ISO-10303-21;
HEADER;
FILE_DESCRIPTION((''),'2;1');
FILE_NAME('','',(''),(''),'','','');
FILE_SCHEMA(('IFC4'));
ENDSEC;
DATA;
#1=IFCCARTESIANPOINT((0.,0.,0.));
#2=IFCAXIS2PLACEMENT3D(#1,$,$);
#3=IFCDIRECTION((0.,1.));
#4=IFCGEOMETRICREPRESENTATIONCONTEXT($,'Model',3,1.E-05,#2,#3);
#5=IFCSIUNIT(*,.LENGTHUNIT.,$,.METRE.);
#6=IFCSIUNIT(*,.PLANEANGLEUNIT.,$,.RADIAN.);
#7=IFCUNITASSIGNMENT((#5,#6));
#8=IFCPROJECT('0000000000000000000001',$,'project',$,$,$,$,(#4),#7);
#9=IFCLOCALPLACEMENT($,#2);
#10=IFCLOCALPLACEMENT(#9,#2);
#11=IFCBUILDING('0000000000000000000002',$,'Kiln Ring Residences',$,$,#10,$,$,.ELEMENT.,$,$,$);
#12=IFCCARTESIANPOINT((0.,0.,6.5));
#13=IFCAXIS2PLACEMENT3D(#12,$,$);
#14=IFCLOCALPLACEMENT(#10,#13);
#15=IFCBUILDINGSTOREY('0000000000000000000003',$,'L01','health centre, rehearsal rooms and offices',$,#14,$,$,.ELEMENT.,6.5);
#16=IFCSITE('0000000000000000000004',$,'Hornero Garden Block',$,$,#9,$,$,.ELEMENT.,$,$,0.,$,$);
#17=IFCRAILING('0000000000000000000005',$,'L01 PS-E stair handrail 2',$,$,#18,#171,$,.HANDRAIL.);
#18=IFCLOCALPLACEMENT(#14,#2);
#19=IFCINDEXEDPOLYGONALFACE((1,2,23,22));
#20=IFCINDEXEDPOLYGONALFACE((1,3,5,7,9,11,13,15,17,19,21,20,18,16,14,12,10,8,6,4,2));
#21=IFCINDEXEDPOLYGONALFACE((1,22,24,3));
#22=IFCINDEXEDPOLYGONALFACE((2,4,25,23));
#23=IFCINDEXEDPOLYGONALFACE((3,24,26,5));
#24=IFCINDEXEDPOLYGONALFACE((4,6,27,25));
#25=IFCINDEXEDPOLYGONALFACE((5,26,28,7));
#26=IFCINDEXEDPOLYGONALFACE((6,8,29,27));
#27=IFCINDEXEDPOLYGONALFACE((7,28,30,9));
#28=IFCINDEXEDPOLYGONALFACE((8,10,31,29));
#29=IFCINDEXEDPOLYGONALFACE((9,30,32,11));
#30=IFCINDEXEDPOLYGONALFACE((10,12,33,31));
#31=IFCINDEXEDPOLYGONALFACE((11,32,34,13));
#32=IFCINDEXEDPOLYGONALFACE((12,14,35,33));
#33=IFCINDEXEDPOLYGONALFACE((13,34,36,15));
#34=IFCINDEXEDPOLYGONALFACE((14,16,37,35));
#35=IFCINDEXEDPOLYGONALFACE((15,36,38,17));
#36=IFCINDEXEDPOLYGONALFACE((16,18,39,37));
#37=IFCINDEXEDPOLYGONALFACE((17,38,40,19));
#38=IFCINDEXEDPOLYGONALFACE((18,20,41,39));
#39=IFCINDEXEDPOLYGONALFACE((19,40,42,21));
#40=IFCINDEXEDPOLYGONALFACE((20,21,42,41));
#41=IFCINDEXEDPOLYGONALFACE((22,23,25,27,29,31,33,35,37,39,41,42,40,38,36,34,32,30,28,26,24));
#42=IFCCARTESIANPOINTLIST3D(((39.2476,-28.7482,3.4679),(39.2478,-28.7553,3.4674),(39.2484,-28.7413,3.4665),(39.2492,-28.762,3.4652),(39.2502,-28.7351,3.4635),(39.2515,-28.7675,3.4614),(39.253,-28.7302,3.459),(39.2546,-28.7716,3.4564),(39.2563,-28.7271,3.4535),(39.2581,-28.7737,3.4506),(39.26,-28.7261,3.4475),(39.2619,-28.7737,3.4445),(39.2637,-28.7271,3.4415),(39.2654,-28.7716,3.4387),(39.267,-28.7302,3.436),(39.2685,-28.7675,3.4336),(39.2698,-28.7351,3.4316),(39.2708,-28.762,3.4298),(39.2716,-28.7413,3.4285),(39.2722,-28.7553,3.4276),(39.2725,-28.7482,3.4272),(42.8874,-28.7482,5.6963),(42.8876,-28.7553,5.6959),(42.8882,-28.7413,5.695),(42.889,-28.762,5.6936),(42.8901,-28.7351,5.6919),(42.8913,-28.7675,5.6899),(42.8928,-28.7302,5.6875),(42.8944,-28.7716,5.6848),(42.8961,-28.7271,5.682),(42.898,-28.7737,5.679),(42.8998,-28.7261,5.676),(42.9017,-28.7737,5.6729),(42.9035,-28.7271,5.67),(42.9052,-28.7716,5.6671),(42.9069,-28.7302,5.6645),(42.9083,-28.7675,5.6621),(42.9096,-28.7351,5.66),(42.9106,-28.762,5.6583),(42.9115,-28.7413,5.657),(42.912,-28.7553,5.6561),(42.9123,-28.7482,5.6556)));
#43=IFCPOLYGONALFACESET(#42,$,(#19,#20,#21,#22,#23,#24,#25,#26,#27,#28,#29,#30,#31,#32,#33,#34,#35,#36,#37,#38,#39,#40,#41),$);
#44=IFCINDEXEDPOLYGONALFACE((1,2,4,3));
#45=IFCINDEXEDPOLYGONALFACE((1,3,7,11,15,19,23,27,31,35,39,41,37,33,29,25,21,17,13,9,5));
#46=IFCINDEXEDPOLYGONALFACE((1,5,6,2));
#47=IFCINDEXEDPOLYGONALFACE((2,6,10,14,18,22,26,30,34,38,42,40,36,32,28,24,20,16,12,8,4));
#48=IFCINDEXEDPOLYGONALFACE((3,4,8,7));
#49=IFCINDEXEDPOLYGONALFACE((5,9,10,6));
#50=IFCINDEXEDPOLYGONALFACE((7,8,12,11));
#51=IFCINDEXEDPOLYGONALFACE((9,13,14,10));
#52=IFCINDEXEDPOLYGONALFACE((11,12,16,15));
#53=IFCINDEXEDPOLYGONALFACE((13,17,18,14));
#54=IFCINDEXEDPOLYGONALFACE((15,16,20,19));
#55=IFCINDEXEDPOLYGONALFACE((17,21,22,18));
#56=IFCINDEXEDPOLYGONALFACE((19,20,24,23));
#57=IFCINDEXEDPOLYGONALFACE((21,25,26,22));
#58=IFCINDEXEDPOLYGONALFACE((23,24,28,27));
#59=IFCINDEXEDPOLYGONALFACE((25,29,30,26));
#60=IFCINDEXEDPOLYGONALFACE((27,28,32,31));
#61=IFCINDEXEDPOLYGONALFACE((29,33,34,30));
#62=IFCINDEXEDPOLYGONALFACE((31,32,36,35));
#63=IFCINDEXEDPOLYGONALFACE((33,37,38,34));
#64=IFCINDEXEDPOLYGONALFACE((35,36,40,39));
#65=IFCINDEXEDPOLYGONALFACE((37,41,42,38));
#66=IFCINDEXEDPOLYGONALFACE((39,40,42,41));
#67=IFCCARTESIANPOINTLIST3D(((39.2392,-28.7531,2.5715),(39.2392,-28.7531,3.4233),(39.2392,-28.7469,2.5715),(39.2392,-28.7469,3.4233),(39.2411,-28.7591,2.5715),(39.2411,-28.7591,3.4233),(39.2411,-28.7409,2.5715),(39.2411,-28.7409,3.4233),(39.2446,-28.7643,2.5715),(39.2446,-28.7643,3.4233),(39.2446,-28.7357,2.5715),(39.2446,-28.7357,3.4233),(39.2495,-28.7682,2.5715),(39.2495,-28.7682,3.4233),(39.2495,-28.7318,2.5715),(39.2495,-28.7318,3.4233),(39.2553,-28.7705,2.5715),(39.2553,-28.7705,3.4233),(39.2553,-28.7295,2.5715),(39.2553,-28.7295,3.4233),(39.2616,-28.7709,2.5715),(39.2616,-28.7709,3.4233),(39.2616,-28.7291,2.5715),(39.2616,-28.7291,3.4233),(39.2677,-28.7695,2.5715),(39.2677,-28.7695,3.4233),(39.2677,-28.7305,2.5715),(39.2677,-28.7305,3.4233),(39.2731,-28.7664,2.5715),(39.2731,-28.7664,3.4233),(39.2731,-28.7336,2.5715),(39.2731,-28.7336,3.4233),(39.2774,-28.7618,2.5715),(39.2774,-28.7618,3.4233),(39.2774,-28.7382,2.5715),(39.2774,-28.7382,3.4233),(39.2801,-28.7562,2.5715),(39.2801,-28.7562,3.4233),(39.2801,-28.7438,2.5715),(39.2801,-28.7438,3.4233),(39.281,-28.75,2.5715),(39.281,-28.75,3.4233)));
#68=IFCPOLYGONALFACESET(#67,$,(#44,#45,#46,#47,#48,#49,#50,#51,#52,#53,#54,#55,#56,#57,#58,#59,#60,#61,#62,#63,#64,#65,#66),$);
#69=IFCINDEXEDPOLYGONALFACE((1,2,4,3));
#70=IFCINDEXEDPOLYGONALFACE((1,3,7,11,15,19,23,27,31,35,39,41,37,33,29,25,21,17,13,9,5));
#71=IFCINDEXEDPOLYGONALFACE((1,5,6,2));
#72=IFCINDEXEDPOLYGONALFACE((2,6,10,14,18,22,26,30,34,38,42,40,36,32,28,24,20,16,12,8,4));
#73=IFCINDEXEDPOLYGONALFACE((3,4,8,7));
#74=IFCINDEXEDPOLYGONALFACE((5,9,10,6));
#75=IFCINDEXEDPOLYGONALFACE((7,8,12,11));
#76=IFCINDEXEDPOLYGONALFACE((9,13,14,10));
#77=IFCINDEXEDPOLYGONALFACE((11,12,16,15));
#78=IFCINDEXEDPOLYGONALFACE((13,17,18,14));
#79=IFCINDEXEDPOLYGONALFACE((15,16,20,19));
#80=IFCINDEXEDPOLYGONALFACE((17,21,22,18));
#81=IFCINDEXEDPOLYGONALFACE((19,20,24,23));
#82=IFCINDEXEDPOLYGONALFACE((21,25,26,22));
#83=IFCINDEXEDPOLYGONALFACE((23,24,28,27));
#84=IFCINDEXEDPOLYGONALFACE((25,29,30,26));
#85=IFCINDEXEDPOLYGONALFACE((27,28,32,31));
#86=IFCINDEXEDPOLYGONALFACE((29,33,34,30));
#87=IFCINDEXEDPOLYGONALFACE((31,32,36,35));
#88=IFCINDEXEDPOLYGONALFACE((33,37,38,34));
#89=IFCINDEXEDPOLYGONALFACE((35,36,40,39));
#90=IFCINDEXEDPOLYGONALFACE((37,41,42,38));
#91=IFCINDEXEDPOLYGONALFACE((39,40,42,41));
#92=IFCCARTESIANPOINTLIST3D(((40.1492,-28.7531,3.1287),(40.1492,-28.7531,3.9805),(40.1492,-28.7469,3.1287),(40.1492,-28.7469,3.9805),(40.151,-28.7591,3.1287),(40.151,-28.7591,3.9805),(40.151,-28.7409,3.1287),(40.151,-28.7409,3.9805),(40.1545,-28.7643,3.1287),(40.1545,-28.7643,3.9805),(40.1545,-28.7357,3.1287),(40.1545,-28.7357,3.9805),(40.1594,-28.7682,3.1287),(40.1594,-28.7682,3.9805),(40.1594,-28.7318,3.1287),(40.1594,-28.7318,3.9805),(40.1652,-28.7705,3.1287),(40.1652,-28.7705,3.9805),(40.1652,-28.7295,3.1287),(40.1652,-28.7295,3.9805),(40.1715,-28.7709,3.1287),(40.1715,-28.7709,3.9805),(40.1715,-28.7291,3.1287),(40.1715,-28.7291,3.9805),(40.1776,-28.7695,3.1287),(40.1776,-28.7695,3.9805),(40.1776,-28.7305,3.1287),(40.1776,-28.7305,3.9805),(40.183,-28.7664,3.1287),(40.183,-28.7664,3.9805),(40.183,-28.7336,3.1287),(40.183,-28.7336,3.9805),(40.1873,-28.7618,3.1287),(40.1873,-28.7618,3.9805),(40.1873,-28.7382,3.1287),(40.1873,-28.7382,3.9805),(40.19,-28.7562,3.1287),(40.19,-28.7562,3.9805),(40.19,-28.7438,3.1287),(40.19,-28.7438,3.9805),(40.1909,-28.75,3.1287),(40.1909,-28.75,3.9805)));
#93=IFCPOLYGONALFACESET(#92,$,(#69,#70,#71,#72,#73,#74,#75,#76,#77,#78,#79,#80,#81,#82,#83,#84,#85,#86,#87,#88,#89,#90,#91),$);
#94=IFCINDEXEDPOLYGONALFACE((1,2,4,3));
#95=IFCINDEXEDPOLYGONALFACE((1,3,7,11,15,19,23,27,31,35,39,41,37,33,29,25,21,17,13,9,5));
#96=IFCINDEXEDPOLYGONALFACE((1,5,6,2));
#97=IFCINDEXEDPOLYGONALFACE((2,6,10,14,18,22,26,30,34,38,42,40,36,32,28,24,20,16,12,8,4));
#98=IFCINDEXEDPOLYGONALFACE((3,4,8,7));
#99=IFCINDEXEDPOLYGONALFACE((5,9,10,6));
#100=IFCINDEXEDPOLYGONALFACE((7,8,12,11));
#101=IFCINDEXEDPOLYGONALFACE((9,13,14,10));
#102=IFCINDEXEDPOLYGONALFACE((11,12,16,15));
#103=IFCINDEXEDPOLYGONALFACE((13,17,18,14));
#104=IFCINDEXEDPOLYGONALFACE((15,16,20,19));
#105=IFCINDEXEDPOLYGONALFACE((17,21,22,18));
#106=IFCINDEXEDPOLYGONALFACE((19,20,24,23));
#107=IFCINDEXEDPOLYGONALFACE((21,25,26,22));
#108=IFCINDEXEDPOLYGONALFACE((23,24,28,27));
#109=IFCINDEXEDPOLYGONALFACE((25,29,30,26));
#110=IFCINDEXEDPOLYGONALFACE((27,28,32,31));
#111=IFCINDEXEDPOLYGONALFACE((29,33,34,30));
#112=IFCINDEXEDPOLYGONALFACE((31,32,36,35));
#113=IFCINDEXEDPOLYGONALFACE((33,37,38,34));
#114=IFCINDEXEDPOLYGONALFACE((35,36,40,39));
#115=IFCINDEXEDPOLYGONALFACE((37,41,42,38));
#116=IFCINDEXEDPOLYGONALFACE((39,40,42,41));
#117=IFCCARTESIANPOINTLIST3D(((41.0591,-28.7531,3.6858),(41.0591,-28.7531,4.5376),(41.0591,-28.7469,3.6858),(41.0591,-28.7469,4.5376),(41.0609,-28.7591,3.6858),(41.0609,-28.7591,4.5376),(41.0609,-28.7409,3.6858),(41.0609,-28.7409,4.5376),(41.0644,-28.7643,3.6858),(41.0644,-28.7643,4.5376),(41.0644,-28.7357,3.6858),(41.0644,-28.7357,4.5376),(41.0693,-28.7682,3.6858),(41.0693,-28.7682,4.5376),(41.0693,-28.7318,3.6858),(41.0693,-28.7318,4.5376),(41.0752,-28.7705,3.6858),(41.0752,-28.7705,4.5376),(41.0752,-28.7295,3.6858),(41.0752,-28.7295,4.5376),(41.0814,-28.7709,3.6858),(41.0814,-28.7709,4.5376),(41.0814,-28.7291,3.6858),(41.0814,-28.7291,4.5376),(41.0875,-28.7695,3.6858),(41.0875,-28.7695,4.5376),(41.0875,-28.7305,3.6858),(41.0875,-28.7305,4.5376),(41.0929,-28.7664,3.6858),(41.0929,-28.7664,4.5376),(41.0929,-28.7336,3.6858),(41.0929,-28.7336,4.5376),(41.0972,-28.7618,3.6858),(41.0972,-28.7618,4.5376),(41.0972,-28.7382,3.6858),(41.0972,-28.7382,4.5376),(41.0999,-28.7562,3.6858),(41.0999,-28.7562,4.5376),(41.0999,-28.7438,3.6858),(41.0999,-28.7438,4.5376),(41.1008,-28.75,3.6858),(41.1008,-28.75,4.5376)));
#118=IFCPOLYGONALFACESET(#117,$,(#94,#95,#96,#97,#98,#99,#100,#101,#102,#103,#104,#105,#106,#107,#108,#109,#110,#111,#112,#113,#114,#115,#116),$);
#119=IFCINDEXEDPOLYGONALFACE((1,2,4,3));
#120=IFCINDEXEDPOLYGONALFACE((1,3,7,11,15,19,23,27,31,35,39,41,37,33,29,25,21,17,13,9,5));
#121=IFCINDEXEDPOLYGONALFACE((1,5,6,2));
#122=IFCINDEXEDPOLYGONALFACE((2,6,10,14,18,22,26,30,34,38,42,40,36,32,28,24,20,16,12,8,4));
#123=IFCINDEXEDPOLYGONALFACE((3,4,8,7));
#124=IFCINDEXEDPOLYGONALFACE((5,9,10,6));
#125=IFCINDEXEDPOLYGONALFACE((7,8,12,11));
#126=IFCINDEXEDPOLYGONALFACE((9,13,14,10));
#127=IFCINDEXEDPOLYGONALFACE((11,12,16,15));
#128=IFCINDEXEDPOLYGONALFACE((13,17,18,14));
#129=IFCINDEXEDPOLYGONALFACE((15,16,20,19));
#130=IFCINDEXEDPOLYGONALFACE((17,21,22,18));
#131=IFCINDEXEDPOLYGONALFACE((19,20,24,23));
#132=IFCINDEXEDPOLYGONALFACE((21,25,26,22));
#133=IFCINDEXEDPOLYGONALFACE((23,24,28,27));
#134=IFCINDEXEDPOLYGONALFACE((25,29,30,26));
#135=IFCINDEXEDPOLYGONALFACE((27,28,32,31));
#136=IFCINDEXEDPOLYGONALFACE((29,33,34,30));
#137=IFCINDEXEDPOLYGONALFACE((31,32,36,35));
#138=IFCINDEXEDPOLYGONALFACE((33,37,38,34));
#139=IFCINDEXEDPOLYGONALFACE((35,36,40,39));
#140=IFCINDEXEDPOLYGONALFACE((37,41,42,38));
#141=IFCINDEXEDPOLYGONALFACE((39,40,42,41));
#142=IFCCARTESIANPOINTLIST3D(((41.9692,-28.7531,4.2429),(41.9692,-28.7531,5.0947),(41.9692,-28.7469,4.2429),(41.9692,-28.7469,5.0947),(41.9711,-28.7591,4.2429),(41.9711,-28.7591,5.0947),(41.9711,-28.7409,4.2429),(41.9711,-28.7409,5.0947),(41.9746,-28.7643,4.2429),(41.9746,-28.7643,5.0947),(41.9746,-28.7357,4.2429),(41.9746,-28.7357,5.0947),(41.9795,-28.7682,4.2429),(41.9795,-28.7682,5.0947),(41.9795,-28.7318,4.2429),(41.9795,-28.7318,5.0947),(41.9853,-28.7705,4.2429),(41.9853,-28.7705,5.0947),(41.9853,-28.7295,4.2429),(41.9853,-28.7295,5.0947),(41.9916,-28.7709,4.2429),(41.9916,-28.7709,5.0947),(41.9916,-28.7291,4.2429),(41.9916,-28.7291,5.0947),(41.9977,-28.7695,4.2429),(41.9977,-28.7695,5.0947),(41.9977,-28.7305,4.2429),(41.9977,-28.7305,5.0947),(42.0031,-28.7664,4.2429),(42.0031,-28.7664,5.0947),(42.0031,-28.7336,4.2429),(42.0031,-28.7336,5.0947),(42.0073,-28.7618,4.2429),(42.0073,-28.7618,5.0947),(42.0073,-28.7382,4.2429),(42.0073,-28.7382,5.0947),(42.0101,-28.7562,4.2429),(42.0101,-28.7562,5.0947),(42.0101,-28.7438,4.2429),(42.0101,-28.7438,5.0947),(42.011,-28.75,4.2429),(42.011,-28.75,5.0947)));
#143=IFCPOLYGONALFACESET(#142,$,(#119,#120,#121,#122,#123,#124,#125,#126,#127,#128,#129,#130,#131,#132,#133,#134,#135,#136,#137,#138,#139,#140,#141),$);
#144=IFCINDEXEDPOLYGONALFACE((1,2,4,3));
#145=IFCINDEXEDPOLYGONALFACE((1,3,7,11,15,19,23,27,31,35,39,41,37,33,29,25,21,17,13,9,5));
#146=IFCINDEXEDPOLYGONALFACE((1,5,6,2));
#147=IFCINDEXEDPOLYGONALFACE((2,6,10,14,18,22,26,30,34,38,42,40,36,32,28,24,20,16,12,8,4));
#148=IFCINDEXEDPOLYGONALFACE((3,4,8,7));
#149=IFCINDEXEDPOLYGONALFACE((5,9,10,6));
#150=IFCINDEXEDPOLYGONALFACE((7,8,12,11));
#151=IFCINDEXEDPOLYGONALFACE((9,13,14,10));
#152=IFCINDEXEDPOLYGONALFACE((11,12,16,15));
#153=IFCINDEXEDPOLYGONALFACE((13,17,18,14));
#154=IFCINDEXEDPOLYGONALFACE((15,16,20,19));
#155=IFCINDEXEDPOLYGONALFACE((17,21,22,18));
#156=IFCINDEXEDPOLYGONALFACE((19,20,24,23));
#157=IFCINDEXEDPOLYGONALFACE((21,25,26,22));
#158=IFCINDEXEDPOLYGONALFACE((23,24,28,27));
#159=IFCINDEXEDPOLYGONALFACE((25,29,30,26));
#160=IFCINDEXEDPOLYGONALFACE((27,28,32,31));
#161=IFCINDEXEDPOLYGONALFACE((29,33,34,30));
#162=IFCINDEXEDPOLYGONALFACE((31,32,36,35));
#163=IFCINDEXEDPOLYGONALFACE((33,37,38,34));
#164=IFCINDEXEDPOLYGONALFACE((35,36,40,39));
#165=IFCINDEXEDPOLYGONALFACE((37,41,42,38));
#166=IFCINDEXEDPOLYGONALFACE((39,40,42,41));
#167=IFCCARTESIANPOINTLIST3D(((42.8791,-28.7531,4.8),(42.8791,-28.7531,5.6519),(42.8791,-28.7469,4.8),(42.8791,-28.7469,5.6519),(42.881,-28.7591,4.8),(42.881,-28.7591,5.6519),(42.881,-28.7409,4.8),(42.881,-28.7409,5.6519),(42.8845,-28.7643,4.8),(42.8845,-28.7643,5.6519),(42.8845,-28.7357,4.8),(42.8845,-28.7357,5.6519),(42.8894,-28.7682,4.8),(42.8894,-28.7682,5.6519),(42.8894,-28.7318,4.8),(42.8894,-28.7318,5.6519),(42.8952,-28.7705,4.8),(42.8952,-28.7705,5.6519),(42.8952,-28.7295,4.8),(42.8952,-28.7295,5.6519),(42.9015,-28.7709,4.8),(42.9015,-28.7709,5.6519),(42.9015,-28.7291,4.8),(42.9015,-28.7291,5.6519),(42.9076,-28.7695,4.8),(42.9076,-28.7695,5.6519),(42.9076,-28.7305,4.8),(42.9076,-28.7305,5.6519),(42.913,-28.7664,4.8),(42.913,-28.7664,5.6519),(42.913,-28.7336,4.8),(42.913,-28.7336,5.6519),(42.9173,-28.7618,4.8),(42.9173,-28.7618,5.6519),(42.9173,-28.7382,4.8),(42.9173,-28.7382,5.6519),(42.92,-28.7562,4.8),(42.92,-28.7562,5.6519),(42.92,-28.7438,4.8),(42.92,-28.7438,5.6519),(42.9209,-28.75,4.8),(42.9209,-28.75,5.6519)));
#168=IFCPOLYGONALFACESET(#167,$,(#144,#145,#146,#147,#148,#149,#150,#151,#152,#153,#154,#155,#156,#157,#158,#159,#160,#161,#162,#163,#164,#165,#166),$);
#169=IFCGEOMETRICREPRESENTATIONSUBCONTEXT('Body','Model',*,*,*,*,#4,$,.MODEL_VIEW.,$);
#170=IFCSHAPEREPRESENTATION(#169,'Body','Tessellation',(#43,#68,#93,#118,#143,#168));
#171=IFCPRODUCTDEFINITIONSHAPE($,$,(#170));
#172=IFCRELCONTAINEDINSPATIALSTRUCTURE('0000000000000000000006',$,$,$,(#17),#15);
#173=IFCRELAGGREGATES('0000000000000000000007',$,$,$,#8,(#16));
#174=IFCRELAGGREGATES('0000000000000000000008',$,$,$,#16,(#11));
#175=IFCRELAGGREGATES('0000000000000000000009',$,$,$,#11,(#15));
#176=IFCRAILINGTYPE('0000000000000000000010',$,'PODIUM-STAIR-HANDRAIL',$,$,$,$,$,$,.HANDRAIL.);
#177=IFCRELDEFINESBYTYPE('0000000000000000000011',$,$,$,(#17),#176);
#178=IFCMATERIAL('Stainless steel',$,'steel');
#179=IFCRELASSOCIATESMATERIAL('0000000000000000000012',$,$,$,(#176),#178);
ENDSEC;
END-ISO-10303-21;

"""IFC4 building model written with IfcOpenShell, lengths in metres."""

from ifc_helpers import new_model, si_unit, direction, frame, origin, origin_2d, place, context, subcontext, project, spatial, circle, extrude, material, type_object, element, save


model = new_model("IFC4")

# Units and contexts
model_context = context("Model", 3, precision=1e-05, world=origin(), true_north=direction((0.0, 1.0)))
body_context = subcontext(model_context, "Body", "Model", "MODEL_VIEW")
ifc_project = project(units=[si_unit("LENGTHUNIT", "METRE"), si_unit("PLANEANGLEUNIT", "RADIAN")], contexts=[model_context])

# Site, building, storey
site_placement = place(None, origin())
site = spatial("IfcSite", under=ifc_project, at=site_placement, Name="Hornero Garden Block", CompositionType="ELEMENT", RefElevation=0.0)
building_placement = place(site_placement, origin())
building = spatial("IfcBuilding", under=site, at=building_placement, Name="Kiln Ring Residences", CompositionType="ELEMENT")
storey_placement = place(building_placement, frame((0.0, 0.0, 6.5)))
storey = spatial("IfcBuildingStorey", under=building, at=storey_placement, Name="L01", Description="health centre, rehearsal rooms and offices", CompositionType="ELEMENT", Elevation=6.5)

# Railing
ifc_material_1 = material(Name="Stainless steel", Category="steel")
railing_type_1 = type_object("IfcRailingType", Name="PODIUM-STAIR-HANDRAIL", PredefinedType="HANDRAIL", material=ifc_material_1)
railing_1_placement = place(storey_placement, frame((39.26, -28.75, 2.5715)))
element("IfcRailing", 1, at=railing_1_placement, inside=storey, type_object=railing_type_1, Name="L01 PS-E stair handrail 2", PredefinedType="HANDRAIL", context=body_context, shape_type="SweptSolid", body=[
    extrude(circle(Radius=0.0239, at=origin_2d()), frame((0.0, 0.0, 0.876), z_axis=(0.85285, 0.0, 0.522156), x_axis=(0.0, 1.0, 0.0)), (0.0, 0.0, 1.0), 4.2678),
    extrude(circle(Radius=0.021, at=origin_2d()), origin(), (0.0, 0.0, 1.0), 0.8518),
    extrude(circle(Radius=0.021, at=origin_2d()), frame((0.9099, 0.0, 0.5571)), (0.0, 0.0, 1.0), 0.8518),
    extrude(circle(Radius=0.021, at=origin_2d()), frame((1.8198, 0.0, 1.1143)), (0.0, 0.0, 1.0), 0.8518),
    extrude(circle(Radius=0.021, at=origin_2d()), frame((2.73, 0.0, 1.6714)), (0.0, 0.0, 1.0), 0.8518),
    extrude(circle(Radius=0.021, at=origin_2d()), frame((3.6399, 0.0, 2.2285)), (0.0, 0.0, 1.0), 0.8518),
])

save(model, "model.ifc")
